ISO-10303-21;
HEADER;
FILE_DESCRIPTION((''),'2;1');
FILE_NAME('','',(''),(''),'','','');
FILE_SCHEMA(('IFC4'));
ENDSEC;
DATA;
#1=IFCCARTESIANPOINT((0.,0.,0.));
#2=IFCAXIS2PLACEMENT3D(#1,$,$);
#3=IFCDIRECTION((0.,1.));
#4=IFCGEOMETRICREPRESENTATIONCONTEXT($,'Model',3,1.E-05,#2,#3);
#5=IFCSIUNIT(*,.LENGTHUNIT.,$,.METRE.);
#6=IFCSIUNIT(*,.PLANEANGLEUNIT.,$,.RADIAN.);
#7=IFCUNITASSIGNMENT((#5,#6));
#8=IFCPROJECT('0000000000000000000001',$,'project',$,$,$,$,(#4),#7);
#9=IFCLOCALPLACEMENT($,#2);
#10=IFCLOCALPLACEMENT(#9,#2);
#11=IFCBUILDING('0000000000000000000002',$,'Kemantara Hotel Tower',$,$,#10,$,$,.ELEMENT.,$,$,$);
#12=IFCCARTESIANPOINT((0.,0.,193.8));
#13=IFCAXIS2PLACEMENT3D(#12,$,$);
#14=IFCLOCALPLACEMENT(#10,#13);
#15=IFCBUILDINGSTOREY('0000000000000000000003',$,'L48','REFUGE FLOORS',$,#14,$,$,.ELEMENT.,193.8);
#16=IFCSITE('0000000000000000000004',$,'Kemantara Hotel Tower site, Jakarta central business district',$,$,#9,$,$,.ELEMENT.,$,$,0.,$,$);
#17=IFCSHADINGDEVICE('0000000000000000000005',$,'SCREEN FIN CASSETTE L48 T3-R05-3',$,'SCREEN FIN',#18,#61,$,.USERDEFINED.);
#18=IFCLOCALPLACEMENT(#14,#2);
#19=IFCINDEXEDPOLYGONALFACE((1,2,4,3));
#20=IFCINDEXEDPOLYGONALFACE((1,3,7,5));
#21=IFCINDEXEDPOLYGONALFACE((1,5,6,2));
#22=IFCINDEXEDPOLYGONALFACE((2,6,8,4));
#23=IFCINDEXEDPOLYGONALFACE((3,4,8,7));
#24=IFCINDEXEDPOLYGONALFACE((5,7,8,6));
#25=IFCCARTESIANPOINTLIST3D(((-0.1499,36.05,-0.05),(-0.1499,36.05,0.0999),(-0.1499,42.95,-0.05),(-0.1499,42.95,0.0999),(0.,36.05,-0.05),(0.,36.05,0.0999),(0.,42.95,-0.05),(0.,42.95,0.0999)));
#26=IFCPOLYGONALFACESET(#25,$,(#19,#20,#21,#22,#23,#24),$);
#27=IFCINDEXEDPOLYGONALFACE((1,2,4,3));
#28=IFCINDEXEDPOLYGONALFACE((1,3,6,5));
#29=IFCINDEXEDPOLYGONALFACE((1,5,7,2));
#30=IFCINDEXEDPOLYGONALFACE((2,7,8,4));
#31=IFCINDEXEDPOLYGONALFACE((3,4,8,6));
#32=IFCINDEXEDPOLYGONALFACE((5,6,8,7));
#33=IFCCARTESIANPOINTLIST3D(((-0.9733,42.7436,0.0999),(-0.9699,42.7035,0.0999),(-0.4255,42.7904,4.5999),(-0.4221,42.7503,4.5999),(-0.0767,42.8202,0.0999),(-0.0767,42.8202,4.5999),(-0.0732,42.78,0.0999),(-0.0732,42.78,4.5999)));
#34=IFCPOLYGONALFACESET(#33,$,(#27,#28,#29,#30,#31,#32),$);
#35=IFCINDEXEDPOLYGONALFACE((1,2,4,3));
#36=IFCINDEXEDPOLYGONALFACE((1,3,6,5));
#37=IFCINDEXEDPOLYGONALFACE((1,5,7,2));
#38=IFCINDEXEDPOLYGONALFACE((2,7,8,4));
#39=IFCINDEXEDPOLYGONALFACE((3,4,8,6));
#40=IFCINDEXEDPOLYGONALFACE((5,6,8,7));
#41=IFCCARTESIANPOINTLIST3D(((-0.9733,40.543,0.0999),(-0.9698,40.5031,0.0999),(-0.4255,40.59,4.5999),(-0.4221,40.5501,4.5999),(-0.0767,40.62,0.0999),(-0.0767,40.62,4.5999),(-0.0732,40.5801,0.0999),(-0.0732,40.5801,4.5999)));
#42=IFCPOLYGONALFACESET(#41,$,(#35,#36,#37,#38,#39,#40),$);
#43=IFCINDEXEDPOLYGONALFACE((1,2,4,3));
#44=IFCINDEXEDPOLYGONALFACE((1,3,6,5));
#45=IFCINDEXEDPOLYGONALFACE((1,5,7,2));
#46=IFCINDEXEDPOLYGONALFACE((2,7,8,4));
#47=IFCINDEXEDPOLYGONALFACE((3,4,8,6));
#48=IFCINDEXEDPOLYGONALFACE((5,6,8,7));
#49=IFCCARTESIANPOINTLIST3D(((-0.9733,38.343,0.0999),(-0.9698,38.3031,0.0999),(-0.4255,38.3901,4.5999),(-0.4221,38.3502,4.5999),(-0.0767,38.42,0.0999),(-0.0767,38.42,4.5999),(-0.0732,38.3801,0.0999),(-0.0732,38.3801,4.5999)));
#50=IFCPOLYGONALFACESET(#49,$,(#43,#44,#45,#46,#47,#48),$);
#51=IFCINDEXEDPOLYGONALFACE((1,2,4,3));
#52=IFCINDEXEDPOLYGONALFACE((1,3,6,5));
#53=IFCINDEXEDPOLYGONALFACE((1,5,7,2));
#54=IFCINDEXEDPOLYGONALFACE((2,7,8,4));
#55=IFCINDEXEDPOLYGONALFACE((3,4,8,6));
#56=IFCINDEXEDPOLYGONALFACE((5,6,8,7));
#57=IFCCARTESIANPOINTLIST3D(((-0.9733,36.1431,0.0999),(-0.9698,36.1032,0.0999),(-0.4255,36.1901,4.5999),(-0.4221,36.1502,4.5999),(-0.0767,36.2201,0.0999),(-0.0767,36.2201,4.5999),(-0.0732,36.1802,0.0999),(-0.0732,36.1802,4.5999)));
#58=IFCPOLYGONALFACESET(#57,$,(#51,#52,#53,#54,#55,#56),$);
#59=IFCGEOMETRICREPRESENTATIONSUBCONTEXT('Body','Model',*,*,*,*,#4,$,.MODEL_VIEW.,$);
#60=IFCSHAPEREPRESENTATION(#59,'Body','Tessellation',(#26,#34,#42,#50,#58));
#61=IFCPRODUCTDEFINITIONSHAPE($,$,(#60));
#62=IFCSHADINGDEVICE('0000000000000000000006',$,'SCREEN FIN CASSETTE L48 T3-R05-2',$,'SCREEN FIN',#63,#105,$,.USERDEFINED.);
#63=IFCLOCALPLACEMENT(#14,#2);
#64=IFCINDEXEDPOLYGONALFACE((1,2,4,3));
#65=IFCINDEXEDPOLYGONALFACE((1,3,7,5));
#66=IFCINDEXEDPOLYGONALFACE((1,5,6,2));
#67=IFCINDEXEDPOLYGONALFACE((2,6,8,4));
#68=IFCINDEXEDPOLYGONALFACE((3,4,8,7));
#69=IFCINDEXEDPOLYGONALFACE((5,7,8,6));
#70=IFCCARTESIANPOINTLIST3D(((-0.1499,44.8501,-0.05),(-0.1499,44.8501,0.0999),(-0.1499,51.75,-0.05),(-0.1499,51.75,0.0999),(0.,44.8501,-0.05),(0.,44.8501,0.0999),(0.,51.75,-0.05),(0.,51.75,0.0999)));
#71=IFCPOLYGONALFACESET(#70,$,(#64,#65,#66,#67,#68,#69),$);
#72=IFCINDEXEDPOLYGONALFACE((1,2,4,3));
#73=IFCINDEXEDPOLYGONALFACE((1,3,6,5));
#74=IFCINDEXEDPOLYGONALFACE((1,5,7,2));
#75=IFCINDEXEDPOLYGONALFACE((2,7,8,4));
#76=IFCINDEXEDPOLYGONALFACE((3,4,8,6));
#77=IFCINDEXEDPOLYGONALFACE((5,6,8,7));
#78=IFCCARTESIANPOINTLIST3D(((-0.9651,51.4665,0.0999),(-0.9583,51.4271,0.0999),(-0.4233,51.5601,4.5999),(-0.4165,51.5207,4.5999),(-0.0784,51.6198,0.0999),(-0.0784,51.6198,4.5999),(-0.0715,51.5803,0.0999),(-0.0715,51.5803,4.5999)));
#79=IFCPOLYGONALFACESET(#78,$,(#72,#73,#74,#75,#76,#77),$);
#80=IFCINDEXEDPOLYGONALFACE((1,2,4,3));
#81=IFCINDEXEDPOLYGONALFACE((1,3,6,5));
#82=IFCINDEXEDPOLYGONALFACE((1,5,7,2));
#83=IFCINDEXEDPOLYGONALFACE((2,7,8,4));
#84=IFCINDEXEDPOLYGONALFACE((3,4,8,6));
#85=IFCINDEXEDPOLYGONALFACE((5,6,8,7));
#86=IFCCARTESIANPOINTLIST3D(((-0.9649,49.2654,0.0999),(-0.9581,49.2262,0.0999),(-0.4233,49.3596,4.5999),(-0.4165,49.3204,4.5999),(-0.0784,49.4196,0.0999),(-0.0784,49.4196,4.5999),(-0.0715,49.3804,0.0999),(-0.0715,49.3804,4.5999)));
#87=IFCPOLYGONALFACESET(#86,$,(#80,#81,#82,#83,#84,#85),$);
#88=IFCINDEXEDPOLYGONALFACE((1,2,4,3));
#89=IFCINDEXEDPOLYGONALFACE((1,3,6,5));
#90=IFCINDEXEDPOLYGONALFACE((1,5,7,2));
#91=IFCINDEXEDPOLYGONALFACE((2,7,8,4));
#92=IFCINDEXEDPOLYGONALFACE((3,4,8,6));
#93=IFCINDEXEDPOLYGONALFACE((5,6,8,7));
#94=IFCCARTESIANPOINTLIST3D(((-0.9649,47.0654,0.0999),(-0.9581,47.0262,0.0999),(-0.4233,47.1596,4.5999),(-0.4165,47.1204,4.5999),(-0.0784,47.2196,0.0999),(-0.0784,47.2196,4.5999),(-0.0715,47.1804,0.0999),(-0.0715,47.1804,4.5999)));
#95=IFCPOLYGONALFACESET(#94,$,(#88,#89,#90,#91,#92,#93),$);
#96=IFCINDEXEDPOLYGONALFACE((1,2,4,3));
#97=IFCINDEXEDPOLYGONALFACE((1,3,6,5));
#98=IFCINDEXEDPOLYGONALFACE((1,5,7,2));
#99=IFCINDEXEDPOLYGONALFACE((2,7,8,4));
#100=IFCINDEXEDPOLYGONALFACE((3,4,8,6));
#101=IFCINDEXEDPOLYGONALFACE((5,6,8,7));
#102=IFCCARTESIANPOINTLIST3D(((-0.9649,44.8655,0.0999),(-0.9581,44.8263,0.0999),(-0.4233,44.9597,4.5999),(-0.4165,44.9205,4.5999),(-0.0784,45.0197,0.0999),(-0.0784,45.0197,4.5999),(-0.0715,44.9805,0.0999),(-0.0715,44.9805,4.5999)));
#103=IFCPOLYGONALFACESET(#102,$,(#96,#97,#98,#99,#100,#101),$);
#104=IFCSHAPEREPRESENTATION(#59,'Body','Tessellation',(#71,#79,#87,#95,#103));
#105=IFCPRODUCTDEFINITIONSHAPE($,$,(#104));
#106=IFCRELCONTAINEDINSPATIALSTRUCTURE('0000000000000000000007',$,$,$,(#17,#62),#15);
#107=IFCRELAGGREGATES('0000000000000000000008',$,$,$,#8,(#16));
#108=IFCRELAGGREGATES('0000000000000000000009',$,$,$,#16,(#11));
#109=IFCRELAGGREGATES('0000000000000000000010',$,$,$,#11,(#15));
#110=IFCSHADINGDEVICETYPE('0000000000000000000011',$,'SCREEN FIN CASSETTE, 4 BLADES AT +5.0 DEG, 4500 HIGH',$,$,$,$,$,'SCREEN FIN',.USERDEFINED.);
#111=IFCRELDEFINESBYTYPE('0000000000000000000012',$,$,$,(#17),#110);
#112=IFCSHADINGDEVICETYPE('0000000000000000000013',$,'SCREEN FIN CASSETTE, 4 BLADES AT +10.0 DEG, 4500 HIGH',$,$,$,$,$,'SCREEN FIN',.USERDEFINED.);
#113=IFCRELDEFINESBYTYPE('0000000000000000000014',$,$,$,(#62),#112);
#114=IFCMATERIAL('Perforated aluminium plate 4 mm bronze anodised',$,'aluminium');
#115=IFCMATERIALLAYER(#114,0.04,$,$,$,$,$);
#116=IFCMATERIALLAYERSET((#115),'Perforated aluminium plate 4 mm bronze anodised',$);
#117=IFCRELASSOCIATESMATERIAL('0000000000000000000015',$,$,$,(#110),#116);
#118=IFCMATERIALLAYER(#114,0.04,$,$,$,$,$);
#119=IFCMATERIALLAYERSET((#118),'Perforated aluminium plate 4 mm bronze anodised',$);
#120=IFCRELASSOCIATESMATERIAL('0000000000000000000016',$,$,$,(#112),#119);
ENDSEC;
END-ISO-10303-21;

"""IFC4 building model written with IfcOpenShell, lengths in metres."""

from ifc_helpers import new_model, si_unit, direction, frame, origin, origin_2d, place, context, subcontext, project, spatial, polyline, rectangle, outline, extrude, source, transform, mapped, material, layer, layer_set, type_object, element, save


model = new_model("IFC4")

# Units and contexts
model_context = context("Model", 3, precision=1e-05, world=origin(), true_north=direction((0.0, 1.0)))
body_context = subcontext(model_context, "Body", "Model", "MODEL_VIEW")
ifc_project = project(units=[si_unit("LENGTHUNIT", "METRE"), si_unit("PLANEANGLEUNIT", "RADIAN")], contexts=[model_context])

# Site, building, storey
site_placement = place(None, origin())
site = spatial("IfcSite", under=ifc_project, at=site_placement, Name="Kemantara Hotel Tower site, Jakarta central business district", CompositionType="ELEMENT", RefElevation=0.0)
building_placement = place(site_placement, origin())
building = spatial("IfcBuilding", under=site, at=building_placement, Name="Kemantara Hotel Tower", CompositionType="ELEMENT")
storey_placement = place(building_placement, frame((0.0, 0.0, 193.8)))
storey = spatial("IfcBuildingStorey", under=building, at=storey_placement, Name="L48", Description="REFUGE FLOORS", CompositionType="ELEMENT", Elevation=193.8)

# Shading devices
ifc_material_1 = material(Name="Perforated aluminium plate 4 mm bronze anodised", Category="aluminium")
ifc_layer_1 = layer(ifc_material_1, 0.04)
ifc_layer_set_1 = layer_set([ifc_layer_1], Name="Perforated aluminium plate 4 mm bronze anodised")
shading_device_type_1 = type_object("IfcShadingDeviceType", Name="SCREEN FIN CASSETTE, 4 BLADES AT +5.0 DEG, 4500 HIGH", ElementType="SCREEN FIN", PredefinedType="USERDEFINED", material=ifc_layer_set_1)
shared_shape_1 = source(origin(), body_context, "Body", "SweptSolid", [
    extrude(rectangle(XDim=6.8999, YDim=0.1499, at=origin_2d()), frame((3.3, -0.075, -0.1499), z_axis=(0.0, 0.0, 1.0), x_axis=(1.0, 0.0, 0.0)), (0.0, 0.0, 1.0), 0.1499),
    extrude(outline(polyline([(0.0, 0.0), (0.8999, 0.0), (0.3501, 4.5), (0.0, 4.5), (0.0, 0.0)])), frame((0.02, -0.0732, 0.0), z_axis=(-0.996376, -0.085056, 0.0), x_axis=(0.085056, -0.996376, 0.0)), (0.0, 0.0, 1.0), 0.0403),
    extrude(outline(polyline([(0.0, 0.0), (0.8999, 0.0), (0.3501, 4.5), (0.0, 4.5), (0.0, 0.0)])), frame((2.22, -0.0732, 0.0), z_axis=(-0.996332, -0.085575, 0.0), x_axis=(0.085575, -0.996332, 0.0)), (0.0, 0.0, 1.0), 0.04),
    extrude(outline(polyline([(0.0, 0.0), (0.8999, 0.0), (0.3501, 4.5), (0.0, 4.5), (0.0, 0.0)])), frame((4.4199, -0.0732, 0.0), z_axis=(-0.996332, -0.085575, 0.0), x_axis=(0.085575, -0.996332, 0.0)), (0.0, 0.0, 1.0), 0.04),
    extrude(outline(polyline([(0.0, 0.0), (0.8999, 0.0), (0.3501, 4.5), (0.0, 4.5), (0.0, 0.0)])), frame((6.6199, -0.0732, 0.0), z_axis=(-0.996332, -0.085575, 0.0), x_axis=(0.085575, -0.996332, 0.0)), (0.0, 0.0, 1.0), 0.04),
])
shading_device_1_placement = place(storey_placement, frame((0.0, 42.8, 0.0999), z_axis=(0.0, 0.0, 1.0), x_axis=(0.0, -1.0, 0.0)))
element("IfcShadingDevice", 1, at=shading_device_1_placement, inside=storey, type_object=shading_device_type_1, Name="SCREEN FIN CASSETTE L48 T3-R05-3", ObjectType="SCREEN FIN", PredefinedType="USERDEFINED", context=body_context, shape_type="MappedRepresentation", body=[
    mapped(shared_shape_1, transform((0.0, 0.0, 0.0))),
])
ifc_layer_2 = layer(ifc_material_1, 0.04)
ifc_layer_set_2 = layer_set([ifc_layer_2], Name="Perforated aluminium plate 4 mm bronze anodised")
shading_device_type_2 = type_object("IfcShadingDeviceType", Name="SCREEN FIN CASSETTE, 4 BLADES AT +10.0 DEG, 4500 HIGH", ElementType="SCREEN FIN", PredefinedType="USERDEFINED", material=ifc_layer_set_2)
shared_shape_2 = source(origin(), body_context, "Body", "SweptSolid", [
    extrude(rectangle(XDim=6.8999, YDim=0.1499, at=origin_2d()), frame((3.3, -0.075, -0.1499), z_axis=(0.0, 0.0, 1.0), x_axis=(1.0, 0.0, 0.0)), (0.0, 0.0, 1.0), 0.1499),
    extrude(outline(polyline([(0.0, 0.0), (0.8999, 0.0), (0.3501, 4.5), (0.0, 4.5), (0.0, 0.0)])), frame((0.0198, -0.0715, 0.0), z_axis=(-0.98539, -0.170314, 0.0), x_axis=(0.170314, -0.98539, 0.0)), (0.0, 0.0, 1.0), 0.04),
    extrude(outline(polyline([(0.0, 0.0), (0.8999, 0.0), (0.3501, 4.5), (0.0, 4.5), (0.0, 0.0)])), frame((2.2197, -0.0715, 0.0), z_axis=(-0.985212, -0.171341, 0.0), x_axis=(0.171341, -0.985212, 0.0)), (0.0, 0.0, 1.0), 0.0398),
    extrude(outline(polyline([(0.0, 0.0), (0.8999, 0.0), (0.3501, 4.5), (0.0, 4.5), (0.0, 0.0)])), frame((4.4197, -0.0715, 0.0), z_axis=(-0.985212, -0.171341, 0.0), x_axis=(0.171341, -0.985212, 0.0)), (0.0, 0.0, 1.0), 0.0398),
    extrude(outline(polyline([(0.0, 0.0), (0.8999, 0.0), (0.3501, 4.5), (0.0, 4.5), (0.0, 0.0)])), frame((6.6196, -0.0715, 0.0), z_axis=(-0.985212, -0.171341, 0.0), x_axis=(0.171341, -0.985212, 0.0)), (0.0, 0.0, 1.0), 0.0398),
])
shading_device_2_placement = place(storey_placement, frame((0.0, 51.6001, 0.0999), z_axis=(0.0, 0.0, 1.0), x_axis=(0.0, -1.0, 0.0)))
element("IfcShadingDevice", 2, at=shading_device_2_placement, inside=storey, type_object=shading_device_type_2, Name="SCREEN FIN CASSETTE L48 T3-R05-2", ObjectType="SCREEN FIN", PredefinedType="USERDEFINED", context=body_context, shape_type="MappedRepresentation", body=[
    mapped(shared_shape_2, transform((0.0, 0.0, 0.0))),
])

save(model, "model.ifc")
